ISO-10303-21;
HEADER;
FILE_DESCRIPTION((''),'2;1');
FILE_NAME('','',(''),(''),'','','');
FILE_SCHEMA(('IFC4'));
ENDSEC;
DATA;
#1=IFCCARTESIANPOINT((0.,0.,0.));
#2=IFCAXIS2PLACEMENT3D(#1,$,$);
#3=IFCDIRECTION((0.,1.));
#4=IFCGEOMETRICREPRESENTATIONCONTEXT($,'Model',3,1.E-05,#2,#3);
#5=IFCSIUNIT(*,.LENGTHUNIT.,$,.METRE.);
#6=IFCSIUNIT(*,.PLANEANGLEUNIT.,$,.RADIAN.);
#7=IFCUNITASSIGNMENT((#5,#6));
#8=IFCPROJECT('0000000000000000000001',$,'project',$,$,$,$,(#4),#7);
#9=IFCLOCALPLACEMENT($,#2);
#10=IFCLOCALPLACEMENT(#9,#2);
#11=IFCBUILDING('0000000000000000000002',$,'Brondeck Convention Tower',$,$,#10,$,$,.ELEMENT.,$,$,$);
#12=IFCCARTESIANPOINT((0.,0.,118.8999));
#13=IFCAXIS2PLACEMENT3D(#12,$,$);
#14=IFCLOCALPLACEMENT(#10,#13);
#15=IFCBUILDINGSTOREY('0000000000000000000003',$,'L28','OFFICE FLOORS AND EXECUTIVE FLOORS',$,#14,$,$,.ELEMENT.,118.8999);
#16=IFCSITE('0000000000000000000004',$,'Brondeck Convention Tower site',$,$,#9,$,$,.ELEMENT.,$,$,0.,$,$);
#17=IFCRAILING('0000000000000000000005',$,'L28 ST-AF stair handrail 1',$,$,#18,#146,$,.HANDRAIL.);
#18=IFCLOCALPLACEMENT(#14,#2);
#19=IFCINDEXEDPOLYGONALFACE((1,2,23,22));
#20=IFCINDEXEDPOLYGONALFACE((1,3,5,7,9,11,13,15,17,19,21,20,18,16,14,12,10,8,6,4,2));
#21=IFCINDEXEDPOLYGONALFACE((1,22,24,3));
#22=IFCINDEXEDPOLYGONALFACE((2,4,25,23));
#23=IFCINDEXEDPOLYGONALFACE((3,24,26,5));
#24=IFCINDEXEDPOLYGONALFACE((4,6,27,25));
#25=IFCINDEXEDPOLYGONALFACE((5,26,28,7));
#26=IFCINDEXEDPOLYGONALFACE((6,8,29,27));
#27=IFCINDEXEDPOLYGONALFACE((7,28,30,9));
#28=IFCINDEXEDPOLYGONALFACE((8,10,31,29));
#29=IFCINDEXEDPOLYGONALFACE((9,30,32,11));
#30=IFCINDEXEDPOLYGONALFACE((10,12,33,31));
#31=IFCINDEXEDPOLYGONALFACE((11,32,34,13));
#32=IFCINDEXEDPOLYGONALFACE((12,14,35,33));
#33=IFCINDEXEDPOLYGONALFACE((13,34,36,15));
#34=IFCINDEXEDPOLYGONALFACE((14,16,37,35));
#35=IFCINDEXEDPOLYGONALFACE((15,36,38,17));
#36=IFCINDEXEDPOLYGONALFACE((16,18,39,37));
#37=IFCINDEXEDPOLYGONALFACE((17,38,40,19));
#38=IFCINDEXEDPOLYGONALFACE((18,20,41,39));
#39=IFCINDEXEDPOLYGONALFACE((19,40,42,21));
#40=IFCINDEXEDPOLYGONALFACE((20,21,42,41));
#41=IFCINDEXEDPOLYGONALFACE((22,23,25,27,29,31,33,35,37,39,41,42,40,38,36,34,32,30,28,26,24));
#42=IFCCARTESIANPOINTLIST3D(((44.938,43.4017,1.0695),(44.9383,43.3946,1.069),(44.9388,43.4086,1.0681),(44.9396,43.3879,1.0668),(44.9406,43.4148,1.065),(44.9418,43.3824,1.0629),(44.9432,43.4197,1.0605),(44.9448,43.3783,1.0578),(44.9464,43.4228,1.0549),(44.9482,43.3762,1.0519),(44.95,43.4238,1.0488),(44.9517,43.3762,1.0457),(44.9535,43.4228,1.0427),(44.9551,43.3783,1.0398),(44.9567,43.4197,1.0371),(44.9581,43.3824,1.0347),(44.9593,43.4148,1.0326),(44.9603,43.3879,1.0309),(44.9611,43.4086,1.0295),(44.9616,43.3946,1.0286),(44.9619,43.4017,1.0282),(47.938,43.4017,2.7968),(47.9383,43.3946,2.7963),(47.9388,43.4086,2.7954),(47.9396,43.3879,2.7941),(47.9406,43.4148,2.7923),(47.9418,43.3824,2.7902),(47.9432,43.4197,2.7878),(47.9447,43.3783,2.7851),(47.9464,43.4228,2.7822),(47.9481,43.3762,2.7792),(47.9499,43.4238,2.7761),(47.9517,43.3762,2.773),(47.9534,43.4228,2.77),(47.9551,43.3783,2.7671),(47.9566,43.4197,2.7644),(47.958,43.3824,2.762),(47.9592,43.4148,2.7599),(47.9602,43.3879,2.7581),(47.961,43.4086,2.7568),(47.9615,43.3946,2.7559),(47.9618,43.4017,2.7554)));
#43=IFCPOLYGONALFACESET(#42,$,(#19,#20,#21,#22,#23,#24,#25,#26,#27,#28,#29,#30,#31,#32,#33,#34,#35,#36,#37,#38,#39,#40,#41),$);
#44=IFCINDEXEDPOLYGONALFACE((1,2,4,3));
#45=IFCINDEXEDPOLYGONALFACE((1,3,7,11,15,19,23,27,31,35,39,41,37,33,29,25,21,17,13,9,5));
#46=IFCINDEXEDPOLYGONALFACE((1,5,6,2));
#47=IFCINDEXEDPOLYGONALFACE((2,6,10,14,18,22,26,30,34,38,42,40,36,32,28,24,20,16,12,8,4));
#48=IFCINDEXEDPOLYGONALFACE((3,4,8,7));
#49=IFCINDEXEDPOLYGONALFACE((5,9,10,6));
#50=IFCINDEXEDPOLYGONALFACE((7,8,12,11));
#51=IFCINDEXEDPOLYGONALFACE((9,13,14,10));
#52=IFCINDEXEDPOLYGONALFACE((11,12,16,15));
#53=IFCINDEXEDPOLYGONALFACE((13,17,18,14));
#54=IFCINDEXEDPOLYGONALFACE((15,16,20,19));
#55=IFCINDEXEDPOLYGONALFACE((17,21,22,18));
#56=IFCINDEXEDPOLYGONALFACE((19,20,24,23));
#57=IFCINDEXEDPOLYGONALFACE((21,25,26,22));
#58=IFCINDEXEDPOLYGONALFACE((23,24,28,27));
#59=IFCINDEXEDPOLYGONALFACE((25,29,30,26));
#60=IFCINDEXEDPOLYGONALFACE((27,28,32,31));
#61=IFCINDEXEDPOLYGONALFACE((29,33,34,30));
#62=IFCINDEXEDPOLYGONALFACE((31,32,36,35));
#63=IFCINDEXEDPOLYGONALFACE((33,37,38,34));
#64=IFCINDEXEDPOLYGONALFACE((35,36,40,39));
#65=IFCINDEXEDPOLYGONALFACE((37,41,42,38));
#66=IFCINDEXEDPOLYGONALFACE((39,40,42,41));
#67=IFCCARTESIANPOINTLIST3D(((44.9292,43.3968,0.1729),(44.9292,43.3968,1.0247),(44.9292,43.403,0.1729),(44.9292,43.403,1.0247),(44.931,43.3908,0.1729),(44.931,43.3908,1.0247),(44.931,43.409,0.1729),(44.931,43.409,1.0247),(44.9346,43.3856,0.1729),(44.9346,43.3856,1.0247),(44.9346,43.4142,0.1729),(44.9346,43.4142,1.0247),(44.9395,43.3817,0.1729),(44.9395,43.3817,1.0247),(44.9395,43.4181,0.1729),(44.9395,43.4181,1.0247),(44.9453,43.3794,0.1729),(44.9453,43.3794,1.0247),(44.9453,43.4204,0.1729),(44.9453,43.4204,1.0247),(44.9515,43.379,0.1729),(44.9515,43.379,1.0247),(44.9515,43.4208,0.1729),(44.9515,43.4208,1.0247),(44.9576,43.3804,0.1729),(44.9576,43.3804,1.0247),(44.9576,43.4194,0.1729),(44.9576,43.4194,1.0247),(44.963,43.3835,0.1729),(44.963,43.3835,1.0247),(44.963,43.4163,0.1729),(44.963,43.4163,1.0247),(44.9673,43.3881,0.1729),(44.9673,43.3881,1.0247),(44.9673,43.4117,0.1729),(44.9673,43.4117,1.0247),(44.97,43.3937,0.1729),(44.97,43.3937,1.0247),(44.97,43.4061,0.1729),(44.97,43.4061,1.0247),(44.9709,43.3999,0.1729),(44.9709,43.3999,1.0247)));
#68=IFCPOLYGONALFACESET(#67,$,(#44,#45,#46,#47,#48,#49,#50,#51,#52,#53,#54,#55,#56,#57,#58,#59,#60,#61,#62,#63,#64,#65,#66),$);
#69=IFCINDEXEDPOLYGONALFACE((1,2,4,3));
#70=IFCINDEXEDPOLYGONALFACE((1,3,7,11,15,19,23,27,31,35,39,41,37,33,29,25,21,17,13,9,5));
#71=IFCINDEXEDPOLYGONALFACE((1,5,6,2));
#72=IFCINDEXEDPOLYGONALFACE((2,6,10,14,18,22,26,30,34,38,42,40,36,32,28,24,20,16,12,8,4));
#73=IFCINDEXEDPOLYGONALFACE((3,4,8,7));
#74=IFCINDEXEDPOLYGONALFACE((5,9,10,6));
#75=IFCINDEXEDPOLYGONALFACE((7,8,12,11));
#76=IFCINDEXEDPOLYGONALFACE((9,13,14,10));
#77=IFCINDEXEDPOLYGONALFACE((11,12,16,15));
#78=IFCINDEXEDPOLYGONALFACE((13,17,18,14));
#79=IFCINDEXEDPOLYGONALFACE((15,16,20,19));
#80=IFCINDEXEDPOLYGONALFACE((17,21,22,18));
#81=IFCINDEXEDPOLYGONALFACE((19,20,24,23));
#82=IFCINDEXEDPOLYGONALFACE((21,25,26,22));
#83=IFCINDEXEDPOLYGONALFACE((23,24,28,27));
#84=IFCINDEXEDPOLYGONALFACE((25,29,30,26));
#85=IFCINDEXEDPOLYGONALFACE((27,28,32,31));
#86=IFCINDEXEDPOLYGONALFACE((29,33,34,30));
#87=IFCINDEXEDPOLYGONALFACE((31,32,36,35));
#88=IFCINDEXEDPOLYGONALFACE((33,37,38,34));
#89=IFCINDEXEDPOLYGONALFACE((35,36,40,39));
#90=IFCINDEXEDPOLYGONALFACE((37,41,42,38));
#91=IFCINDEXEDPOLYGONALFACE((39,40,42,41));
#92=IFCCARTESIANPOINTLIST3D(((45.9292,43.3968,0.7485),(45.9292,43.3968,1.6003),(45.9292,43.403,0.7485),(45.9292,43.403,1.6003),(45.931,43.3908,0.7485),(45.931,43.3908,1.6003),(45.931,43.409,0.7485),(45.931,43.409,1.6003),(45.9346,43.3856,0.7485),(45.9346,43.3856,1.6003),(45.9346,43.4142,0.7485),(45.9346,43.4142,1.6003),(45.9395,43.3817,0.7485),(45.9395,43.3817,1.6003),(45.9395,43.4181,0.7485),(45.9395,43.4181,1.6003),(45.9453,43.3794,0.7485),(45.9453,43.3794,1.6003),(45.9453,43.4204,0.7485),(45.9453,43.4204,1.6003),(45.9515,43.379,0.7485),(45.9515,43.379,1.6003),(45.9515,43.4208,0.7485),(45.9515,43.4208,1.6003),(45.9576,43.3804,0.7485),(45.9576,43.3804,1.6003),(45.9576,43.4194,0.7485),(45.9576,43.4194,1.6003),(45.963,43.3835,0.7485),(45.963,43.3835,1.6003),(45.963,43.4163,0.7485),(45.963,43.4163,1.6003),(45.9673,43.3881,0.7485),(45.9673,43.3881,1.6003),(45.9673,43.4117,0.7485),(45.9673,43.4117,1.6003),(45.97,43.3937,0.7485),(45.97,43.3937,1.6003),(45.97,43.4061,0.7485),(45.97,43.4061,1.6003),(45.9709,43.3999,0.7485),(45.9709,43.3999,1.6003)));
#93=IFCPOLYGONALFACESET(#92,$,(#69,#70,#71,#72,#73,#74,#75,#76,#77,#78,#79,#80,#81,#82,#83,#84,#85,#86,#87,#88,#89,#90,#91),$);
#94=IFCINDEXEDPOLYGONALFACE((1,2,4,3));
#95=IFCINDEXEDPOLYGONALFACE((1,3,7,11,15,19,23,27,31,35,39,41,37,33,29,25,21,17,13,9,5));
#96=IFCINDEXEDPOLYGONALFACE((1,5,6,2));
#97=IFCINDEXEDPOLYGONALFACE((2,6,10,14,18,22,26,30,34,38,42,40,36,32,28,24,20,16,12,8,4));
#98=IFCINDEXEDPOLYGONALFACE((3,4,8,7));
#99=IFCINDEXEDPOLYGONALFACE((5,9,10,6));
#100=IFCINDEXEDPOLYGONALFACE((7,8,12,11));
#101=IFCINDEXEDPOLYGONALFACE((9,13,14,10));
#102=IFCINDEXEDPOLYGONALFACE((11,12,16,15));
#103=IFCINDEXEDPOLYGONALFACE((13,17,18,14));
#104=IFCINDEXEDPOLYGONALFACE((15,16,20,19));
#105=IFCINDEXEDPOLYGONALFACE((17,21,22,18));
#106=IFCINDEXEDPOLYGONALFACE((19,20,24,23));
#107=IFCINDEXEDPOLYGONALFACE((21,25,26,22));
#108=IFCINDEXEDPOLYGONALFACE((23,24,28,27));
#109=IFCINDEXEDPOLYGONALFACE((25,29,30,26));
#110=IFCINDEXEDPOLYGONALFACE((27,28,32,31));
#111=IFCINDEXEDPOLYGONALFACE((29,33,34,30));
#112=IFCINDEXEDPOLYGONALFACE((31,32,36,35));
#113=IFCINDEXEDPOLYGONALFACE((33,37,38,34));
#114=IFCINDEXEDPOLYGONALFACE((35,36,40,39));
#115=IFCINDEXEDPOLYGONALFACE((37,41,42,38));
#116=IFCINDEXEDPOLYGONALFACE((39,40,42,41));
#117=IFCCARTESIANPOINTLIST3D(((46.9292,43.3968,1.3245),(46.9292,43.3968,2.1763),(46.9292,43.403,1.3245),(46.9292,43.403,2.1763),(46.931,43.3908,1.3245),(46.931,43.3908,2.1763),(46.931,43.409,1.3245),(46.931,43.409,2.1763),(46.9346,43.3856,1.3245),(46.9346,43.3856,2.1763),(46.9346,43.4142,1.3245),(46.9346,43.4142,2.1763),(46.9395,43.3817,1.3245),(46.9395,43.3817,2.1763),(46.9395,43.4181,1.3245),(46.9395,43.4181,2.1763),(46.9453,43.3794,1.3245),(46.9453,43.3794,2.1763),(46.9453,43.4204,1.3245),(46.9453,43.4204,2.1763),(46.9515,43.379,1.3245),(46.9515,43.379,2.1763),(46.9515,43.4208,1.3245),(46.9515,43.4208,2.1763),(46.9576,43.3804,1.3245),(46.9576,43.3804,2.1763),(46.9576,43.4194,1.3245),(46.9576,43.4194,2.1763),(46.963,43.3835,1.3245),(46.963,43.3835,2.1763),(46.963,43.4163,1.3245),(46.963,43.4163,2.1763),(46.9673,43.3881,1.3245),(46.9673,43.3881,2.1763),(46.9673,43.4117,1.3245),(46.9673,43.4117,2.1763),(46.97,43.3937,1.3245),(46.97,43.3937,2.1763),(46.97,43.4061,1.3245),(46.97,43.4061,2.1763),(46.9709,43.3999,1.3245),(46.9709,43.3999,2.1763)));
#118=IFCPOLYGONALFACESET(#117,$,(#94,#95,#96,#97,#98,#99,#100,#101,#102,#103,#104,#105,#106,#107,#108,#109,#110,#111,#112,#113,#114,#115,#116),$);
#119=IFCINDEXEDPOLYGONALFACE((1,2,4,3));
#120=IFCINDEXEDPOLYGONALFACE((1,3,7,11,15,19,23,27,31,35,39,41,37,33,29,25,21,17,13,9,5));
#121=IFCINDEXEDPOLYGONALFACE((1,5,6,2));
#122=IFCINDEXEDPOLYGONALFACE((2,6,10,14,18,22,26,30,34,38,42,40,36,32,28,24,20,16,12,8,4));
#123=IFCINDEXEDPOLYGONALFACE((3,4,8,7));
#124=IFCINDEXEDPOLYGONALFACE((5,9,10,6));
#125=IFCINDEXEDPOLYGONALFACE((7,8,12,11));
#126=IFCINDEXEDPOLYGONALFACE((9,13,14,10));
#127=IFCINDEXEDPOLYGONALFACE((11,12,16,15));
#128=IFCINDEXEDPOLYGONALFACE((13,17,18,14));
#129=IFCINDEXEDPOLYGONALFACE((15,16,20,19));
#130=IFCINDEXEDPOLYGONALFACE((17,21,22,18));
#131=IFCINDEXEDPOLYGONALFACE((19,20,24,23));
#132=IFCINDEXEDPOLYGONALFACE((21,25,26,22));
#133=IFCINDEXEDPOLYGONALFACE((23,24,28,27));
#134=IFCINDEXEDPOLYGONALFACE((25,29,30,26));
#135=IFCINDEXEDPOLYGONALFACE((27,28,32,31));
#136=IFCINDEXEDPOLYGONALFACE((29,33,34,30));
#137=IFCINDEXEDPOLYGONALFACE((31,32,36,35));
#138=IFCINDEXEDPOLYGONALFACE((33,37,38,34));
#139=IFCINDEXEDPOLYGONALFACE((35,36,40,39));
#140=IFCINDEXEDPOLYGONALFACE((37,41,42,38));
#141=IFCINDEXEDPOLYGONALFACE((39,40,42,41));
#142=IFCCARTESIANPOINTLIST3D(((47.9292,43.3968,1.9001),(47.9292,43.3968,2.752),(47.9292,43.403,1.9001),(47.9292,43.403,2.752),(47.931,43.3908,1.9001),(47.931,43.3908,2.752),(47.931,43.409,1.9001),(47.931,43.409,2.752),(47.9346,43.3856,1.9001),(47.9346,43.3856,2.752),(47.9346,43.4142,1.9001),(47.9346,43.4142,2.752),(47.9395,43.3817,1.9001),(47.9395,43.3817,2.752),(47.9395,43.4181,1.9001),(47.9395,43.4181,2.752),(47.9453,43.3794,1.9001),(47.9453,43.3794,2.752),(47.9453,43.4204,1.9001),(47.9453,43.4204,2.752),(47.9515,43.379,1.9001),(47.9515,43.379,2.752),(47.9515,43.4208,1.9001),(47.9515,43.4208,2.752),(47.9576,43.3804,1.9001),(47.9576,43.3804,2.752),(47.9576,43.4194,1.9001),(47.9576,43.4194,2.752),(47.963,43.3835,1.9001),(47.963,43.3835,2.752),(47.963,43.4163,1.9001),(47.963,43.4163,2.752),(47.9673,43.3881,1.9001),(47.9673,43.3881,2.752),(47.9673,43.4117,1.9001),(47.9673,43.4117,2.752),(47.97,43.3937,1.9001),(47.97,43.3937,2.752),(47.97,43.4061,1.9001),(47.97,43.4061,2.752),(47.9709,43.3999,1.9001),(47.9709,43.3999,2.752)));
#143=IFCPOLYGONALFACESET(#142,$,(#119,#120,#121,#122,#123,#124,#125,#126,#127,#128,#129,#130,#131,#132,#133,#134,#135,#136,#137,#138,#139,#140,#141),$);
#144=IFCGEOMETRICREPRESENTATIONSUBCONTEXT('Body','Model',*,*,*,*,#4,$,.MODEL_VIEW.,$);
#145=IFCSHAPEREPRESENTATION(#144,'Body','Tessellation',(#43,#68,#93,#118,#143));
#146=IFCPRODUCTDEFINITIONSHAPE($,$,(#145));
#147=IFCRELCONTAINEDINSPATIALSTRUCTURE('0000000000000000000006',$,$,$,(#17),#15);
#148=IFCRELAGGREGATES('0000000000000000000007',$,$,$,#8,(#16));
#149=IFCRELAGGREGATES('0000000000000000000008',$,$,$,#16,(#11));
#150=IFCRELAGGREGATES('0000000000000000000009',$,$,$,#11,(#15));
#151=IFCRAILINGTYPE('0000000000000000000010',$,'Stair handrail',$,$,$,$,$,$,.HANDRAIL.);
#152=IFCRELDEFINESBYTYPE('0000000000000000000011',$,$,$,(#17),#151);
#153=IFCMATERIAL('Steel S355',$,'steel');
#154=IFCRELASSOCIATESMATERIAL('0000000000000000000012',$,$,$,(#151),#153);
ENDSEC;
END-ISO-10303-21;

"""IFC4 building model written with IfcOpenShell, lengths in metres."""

from ifc_helpers import new_model, si_unit, direction, frame, origin, origin_2d, place, context, subcontext, project, spatial, circle, extrude, material, type_object, element, save


model = new_model("IFC4")

# Units and contexts
model_context = context("Model", 3, precision=1e-05, world=origin(), true_north=direction((0.0, 1.0)))
body_context = subcontext(model_context, "Body", "Model", "MODEL_VIEW")
ifc_project = project(units=[si_unit("LENGTHUNIT", "METRE"), si_unit("PLANEANGLEUNIT", "RADIAN")], contexts=[model_context])

# Site, building, storey
site_placement = place(None, origin())
site = spatial("IfcSite", under=ifc_project, at=site_placement, Name="Brondeck Convention Tower site", CompositionType="ELEMENT", RefElevation=0.0)
building_placement = place(site_placement, origin())
building = spatial("IfcBuilding", under=site, at=building_placement, Name="Brondeck Convention Tower", CompositionType="ELEMENT")
storey_placement = place(building_placement, frame((0.0, 0.0, 118.8999)))
storey = spatial("IfcBuildingStorey", under=building, at=storey_placement, Name="L28", Description="OFFICE FLOORS AND EXECUTIVE FLOORS", CompositionType="ELEMENT", Elevation=118.8999)

# Shared definitions
ifc_material_1 = material(Name="Steel S355", Category="steel")

# Railing
railing_type_1 = type_object("IfcRailingType", Name="Stair handrail", PredefinedType="HANDRAIL", material=ifc_material_1)
railing_1_placement = place(storey_placement, frame((44.95, 43.3999, 0.1729)))
element("IfcRailing", 1, at=railing_1_placement, inside=storey, type_object=railing_type_1, Name="L28 ST-AF stair handrail 1", PredefinedType="HANDRAIL", context=body_context, shape_type="SweptSolid", body=[
    extrude(circle(Radius=0.0239, at=origin_2d()), frame((0.0, 0.0, 0.876), z_axis=(0.86662, 0.0, 0.498969), x_axis=(0.0, 1.0, 0.0)), (0.0, 0.0, 1.0), 3.4617),
    extrude(circle(Radius=0.021, at=origin_2d()), origin(), (0.0, 0.0, 1.0), 0.8518),
    extrude(circle(Radius=0.021, at=origin_2d()), frame((1.0, 0.0, 0.5757)), (0.0, 0.0, 1.0), 0.8518),
    extrude(circle(Radius=0.021, at=origin_2d()), frame((2.0, 0.0, 1.1516)), (0.0, 0.0, 1.0), 0.8518),
    extrude(circle(Radius=0.021, at=origin_2d()), frame((3.0, 0.0, 1.7273)), (0.0, 0.0, 1.0), 0.8518),
])

save(model, "model.ifc")
